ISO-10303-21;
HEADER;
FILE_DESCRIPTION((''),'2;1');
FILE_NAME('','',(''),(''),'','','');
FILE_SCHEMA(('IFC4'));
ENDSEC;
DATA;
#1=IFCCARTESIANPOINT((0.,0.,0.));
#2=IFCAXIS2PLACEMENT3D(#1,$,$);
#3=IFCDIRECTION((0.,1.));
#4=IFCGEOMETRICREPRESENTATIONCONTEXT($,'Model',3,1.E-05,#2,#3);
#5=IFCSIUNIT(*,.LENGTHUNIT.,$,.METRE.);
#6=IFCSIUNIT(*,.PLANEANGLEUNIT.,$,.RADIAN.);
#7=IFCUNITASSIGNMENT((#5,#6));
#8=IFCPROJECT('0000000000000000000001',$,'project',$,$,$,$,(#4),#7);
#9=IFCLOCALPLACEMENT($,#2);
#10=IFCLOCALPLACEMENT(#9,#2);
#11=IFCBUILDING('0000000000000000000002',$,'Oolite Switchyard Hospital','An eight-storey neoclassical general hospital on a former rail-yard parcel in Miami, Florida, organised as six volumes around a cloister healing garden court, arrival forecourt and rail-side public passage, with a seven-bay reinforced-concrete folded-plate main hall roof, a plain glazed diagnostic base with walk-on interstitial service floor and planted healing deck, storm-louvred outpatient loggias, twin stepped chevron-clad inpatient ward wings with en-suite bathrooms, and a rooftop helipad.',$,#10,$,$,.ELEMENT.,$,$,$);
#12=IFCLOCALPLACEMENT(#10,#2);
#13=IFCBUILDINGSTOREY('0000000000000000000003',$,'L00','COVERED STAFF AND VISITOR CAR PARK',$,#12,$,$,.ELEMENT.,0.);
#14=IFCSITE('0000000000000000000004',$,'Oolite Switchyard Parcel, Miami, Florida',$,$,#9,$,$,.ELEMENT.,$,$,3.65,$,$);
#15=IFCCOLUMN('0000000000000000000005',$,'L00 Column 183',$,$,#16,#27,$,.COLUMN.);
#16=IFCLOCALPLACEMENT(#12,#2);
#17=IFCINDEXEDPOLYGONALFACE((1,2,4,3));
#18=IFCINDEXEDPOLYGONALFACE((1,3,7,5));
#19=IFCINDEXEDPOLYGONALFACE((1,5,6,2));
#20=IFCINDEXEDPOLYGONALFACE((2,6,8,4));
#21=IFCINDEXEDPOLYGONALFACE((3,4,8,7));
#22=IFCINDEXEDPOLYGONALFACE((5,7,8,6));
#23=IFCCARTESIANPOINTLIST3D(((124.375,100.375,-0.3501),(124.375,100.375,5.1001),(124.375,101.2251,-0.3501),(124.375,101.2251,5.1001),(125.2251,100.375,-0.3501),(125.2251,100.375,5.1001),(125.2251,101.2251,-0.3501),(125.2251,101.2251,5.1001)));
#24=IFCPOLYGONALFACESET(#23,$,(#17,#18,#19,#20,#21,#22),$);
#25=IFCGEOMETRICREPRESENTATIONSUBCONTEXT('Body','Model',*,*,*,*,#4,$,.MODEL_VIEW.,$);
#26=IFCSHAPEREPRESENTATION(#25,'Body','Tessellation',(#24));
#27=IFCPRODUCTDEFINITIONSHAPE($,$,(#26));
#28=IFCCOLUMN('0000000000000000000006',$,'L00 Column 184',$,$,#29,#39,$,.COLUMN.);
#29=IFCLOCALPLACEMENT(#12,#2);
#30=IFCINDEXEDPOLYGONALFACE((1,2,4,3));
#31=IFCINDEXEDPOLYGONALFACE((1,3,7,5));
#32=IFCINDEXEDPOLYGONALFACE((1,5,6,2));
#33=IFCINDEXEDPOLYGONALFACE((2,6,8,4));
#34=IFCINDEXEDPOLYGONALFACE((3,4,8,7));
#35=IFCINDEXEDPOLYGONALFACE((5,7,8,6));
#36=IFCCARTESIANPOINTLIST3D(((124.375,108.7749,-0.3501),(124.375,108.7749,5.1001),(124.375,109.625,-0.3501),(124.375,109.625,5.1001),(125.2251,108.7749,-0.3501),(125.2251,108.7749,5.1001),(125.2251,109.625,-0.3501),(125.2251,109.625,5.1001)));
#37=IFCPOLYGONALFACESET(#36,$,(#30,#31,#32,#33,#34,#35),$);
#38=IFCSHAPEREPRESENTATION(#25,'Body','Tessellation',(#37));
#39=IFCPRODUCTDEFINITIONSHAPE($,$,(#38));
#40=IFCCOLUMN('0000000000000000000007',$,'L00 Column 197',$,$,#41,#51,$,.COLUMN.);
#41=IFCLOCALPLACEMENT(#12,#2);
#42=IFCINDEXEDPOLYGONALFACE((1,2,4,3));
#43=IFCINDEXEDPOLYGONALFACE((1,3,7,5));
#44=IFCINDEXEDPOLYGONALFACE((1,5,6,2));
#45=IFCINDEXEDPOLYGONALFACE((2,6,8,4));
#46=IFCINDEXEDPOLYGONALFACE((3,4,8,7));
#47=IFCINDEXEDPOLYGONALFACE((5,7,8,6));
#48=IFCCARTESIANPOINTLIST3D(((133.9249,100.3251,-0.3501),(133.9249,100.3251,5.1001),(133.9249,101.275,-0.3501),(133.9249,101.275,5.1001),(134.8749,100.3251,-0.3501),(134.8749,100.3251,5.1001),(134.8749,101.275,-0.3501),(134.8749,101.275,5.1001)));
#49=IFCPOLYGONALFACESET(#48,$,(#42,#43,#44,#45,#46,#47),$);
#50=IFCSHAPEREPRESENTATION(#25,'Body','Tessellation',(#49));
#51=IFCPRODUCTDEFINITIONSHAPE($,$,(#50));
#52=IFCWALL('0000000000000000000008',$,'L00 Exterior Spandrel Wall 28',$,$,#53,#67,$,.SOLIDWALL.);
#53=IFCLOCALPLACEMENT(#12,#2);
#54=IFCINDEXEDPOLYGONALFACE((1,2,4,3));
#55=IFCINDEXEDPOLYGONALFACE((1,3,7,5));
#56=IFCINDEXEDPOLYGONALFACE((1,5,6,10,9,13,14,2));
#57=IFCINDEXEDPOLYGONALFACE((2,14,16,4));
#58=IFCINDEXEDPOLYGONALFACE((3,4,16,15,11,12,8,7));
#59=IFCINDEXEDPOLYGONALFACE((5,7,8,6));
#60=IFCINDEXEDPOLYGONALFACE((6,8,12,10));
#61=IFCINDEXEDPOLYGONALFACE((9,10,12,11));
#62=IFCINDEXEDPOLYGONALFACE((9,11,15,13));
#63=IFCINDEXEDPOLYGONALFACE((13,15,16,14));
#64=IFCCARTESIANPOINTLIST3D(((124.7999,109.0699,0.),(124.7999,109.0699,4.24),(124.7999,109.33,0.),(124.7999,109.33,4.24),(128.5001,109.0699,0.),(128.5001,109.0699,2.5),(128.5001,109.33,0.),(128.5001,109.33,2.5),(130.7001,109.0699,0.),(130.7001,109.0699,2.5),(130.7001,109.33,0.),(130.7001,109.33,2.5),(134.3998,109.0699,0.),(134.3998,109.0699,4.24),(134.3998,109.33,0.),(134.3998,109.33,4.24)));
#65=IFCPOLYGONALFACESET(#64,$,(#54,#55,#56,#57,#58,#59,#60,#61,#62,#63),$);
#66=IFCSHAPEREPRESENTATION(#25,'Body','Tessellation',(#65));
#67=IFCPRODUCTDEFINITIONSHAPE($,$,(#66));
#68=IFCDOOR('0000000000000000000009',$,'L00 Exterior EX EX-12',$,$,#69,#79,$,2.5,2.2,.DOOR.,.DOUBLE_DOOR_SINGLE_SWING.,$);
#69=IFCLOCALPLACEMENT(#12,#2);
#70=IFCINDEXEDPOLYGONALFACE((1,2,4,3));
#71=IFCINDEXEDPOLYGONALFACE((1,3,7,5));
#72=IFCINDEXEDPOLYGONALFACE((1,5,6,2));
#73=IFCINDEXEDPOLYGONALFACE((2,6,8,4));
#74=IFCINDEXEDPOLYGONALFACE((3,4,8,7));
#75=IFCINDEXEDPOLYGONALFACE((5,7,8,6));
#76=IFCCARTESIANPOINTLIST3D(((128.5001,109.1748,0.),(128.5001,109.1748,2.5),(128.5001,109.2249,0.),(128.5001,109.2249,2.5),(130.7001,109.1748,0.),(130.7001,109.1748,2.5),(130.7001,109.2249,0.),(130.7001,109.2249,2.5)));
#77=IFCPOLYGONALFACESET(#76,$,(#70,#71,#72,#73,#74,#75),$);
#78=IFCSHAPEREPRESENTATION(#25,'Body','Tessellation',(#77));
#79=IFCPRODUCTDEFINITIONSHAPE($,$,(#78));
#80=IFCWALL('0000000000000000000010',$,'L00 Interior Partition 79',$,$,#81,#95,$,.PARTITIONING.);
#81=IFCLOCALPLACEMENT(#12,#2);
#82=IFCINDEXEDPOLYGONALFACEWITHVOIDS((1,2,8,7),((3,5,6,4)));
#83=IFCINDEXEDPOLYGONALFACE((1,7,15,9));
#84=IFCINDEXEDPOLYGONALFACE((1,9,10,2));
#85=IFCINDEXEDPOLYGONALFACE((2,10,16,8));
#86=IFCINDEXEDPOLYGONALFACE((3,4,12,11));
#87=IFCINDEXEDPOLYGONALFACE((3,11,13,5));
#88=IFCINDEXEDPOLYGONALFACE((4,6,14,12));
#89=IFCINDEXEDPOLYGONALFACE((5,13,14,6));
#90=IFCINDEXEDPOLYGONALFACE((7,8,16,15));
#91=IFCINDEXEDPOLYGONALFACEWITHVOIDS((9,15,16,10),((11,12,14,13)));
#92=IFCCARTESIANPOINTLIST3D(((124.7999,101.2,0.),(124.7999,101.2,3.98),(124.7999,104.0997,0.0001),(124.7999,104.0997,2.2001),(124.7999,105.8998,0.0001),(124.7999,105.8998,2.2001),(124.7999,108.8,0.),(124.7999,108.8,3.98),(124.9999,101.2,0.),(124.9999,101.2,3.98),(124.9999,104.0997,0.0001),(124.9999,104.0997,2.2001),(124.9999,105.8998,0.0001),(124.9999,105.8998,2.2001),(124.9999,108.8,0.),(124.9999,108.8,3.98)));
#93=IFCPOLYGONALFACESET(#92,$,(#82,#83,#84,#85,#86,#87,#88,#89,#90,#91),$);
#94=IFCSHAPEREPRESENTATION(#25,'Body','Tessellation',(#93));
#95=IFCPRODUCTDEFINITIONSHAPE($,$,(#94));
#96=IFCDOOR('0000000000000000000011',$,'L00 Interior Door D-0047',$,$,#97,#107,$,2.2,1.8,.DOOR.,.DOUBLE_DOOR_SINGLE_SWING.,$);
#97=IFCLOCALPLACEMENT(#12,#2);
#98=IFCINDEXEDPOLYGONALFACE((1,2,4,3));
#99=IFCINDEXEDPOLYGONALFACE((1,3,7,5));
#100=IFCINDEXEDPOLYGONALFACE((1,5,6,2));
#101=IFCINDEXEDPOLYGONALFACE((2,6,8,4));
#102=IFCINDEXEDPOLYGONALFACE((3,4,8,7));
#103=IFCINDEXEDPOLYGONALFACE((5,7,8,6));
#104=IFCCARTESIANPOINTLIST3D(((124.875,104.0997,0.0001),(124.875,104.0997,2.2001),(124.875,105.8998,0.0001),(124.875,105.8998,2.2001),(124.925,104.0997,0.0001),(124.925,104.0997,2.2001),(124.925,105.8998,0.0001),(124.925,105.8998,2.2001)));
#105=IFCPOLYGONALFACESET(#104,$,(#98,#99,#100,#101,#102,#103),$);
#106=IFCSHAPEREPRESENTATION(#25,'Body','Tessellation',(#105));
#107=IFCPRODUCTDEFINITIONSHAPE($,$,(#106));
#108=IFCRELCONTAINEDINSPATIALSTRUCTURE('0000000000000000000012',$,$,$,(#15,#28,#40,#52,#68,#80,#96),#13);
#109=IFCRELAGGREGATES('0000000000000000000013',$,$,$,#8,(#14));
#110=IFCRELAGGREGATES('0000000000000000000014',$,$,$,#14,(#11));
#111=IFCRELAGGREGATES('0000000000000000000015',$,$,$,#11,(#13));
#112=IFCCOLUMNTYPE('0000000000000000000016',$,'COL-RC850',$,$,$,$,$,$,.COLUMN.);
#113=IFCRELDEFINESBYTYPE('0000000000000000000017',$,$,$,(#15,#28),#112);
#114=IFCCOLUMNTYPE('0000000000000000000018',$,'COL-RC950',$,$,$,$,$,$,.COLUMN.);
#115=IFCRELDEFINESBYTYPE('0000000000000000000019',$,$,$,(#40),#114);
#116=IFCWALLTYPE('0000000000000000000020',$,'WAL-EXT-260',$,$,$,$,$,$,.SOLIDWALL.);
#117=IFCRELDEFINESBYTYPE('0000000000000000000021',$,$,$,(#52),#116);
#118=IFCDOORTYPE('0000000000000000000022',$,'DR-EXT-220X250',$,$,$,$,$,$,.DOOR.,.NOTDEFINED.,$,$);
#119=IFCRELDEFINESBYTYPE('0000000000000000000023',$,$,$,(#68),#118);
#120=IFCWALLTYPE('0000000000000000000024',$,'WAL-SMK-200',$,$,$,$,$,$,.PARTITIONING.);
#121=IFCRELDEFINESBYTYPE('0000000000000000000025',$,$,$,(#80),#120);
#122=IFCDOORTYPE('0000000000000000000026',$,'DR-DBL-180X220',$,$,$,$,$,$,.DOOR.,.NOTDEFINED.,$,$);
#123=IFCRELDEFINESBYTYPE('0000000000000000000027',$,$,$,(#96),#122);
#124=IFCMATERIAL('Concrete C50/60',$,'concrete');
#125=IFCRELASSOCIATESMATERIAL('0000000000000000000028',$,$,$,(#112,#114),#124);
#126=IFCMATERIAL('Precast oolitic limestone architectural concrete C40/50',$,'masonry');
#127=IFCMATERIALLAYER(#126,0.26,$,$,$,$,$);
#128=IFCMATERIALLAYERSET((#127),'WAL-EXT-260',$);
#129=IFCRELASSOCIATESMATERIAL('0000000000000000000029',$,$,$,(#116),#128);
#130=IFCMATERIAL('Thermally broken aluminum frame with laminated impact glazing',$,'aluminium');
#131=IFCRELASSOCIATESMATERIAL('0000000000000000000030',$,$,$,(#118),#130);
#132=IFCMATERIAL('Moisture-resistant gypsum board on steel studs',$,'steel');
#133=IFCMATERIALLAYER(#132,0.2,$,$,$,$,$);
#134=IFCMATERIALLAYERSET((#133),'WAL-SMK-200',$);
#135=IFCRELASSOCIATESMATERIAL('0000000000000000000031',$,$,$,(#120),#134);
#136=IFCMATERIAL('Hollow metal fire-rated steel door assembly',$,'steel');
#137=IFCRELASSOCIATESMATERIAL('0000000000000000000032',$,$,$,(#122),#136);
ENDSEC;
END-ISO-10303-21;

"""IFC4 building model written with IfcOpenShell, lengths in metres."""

from ifc_helpers import new_model, si_unit, direction, frame, frame_2d, origin, origin_2d, place, context, subcontext, project, spatial, rectangle, extrude, material, layer, layer_set, material_profile, profile_set, type_object, element, fill, save


model = new_model("IFC4")

# Units and contexts
model_context = context("Model", 3, precision=1e-05, world=origin(), true_north=direction((0.0, 1.0)))
body_context = subcontext(model_context, "Body", "Model", "MODEL_VIEW")
ifc_project = project(units=[si_unit("LENGTHUNIT", "METRE"), si_unit("PLANEANGLEUNIT", "RADIAN")], contexts=[model_context])

# Site, building, storey
site_placement = place(None, origin())
site = spatial("IfcSite", under=ifc_project, at=site_placement, Name="Oolite Switchyard Parcel, Miami, Florida", CompositionType="ELEMENT", RefElevation=3.65)
building_placement = place(site_placement, origin())
building = spatial("IfcBuilding", under=site, at=building_placement, Name="Oolite Switchyard Hospital", Description="An eight-storey neoclassical general hospital on a former rail-yard parcel in Miami, Florida, organised as six volumes around a cloister healing garden court, arrival forecourt and rail-side public passage, with a seven-bay reinforced-concrete folded-plate main hall roof, a plain glazed diagnostic base with walk-on interstitial service floor and planted healing deck, storm-louvred outpatient loggias, twin stepped chevron-clad inpatient ward wings with en-suite bathrooms, and a rooftop helipad.", CompositionType="ELEMENT")
storey_placement = place(building_placement, origin())
storey = spatial("IfcBuildingStorey", under=building, at=storey_placement, Name="L00", Description="COVERED STAFF AND VISITOR CAR PARK", CompositionType="ELEMENT", Elevation=0.0)

# Columns
ifc_material_1 = material(Name="Concrete C50/60", Category="concrete")
ifc_material_profile_1 = material_profile(ifc_material_1, rectangle(XDim=0.8501, YDim=0.8501, at=origin_2d()), Name="RC850X850")
ifc_profile_set_1 = profile_set([ifc_material_profile_1], Name="Concrete C50/60")
column_type_1 = type_object("IfcColumnType", Name="COL-RC850", PredefinedType="COLUMN", material=ifc_profile_set_1)
for number, where, z_axis, x_axis, name in (
    (1, (124.8, 100.8, -0.3501), (0.0, 0.0, 1.0), (1.0, 0.0, 0.0), "L00 Column 183"),
    (2, (124.8, 109.2, -0.3501), (0.0, 0.0, 1.0), (1.0, 0.0, 0.0), "L00 Column 184"),
):
    element("IfcColumn", number, at=place(storey_placement, frame(where, z_axis=z_axis, x_axis=x_axis)), inside=storey, type_object=column_type_1, Name=name, PredefinedType="COLUMN", context=body_context, shape_type="SweptSolid", body=[
        extrude(rectangle(XDim=0.8501, YDim=0.8501, at=origin_2d()), origin(), (0.0, 0.0, 1.0), 5.4502),
    ])
ifc_material_profile_2 = material_profile(ifc_material_1, rectangle(XDim=0.95, YDim=0.95, at=origin_2d()), Name="RC950X950")
ifc_profile_set_2 = profile_set([ifc_material_profile_2], Name="Concrete C50/60")
column_type_2 = type_object("IfcColumnType", Name="COL-RC950", PredefinedType="COLUMN", material=ifc_profile_set_2)
column_placement = place(storey_placement, frame((134.3999, 100.8, -0.3501), z_axis=(0.0, 0.0, 1.0), x_axis=(1.0, 0.0, 0.0)))
element("IfcColumn", 3, at=column_placement, inside=storey, type_object=column_type_2, Name="L00 Column 197", PredefinedType="COLUMN", context=body_context, shape_type="SweptSolid", body=[
    extrude(rectangle(XDim=0.95, YDim=0.95, at=origin_2d()), origin(), (0.0, 0.0, 1.0), 5.4502),
])

# Walls, openings, doors
ifc_material_2 = material(Name="Precast oolitic limestone architectural concrete C40/50", Category="masonry")
ifc_layer_1 = layer(ifc_material_2, 0.26)
ifc_layer_set_1 = layer_set([ifc_layer_1], Name="WAL-EXT-260")
wall_type_1 = type_object("IfcWallType", Name="WAL-EXT-260", PredefinedType="SOLIDWALL", material=ifc_layer_set_1)
wall_1_placement = place(storey_placement, frame((124.8, 109.2, 0.0), z_axis=(0.0, 0.0, 1.0), x_axis=(1.0, 0.0, 0.0)))
wall_1 = element("IfcWall", 4, at=wall_1_placement, inside=storey, type_object=wall_type_1, Name="L00 Exterior Spandrel Wall 28", PredefinedType="SOLIDWALL", context=body_context, shape_type="SweptSolid", body=[
    extrude(rectangle(XDim=9.5999, YDim=0.26, at=frame_2d((4.7998, 0.0))), origin(), (0.0, 0.0, 1.0), 4.24),
])
opening_1_placement = place(wall_1_placement, frame((3.7, 0.0, 0.0)))
opening_1 = element("IfcOpeningElement", 5, at=opening_1_placement, cuts=wall_1, PredefinedType="OPENING", context=body_context, shape_type="SweptSolid", body=[
    extrude(rectangle(XDim=2.2, YDim=2.5, at=frame_2d((1.1001, 1.25))), frame((0.0, 0.1401, 0.0), z_axis=(0.0, -1.0, 0.0), x_axis=(1.0, 0.0, 0.0)), (0.0, 0.0, 1.0), 0.28),
])
ifc_material_3 = material(Name="Thermally broken aluminum frame with laminated impact glazing", Category="aluminium")
door_type_1 = type_object("IfcDoorType", Name="DR-EXT-220X250", OperationType="NOTDEFINED", PredefinedType="DOOR", material=ifc_material_3)
door_1_placement = place(opening_1_placement, origin())
door_1 = element("IfcDoor", 6, at=door_1_placement, inside=storey, type_object=door_type_1, Name="L00 Exterior EX EX-12", OperationType="DOUBLE_DOOR_SINGLE_SWING", OverallHeight=2.5, OverallWidth=2.2, PredefinedType="DOOR", context=body_context, shape_type="SweptSolid", body=[
    extrude(rectangle(XDim=2.2, YDim=2.5, at=frame_2d((1.1001, 1.25))), frame((0.0, 0.0249, 0.0), z_axis=(0.0, -1.0, 0.0), x_axis=(1.0, 0.0, 0.0)), (0.0, 0.0, 1.0), 0.05),
])
fill(opening_1, door_1)
ifc_material_4 = material(Name="Moisture-resistant gypsum board on steel studs", Category="steel")
ifc_layer_2 = layer(ifc_material_4, 0.2)
ifc_layer_set_2 = layer_set([ifc_layer_2], Name="WAL-SMK-200")
wall_type_2 = type_object("IfcWallType", Name="WAL-SMK-200", PredefinedType="PARTITIONING", material=ifc_layer_set_2)
wall_2_placement = place(storey_placement, frame((124.8999, 101.2, 0.0), z_axis=(0.0, 0.0, 1.0), x_axis=(0.0, 1.0, 0.0)))
wall_2 = element("IfcWall", 7, at=wall_2_placement, inside=storey, type_object=wall_type_2, Name="L00 Interior Partition 79", PredefinedType="PARTITIONING", context=body_context, shape_type="SweptSolid", body=[
    extrude(rectangle(XDim=7.6001, YDim=0.2, at=frame_2d((3.8, 0.0))), origin(), (0.0, 0.0, 1.0), 3.98),
])
opening_2_placement = place(wall_2_placement, frame((2.8999, 0.0, 0.0)))
opening_2 = element("IfcOpeningElement", 8, at=opening_2_placement, cuts=wall_2, PredefinedType="OPENING", context=body_context, shape_type="SweptSolid", body=[
    extrude(rectangle(XDim=1.8, YDim=2.2, at=frame_2d((0.8999, 1.1001))), frame((0.0, 0.1099, 0.0), z_axis=(0.0, -1.0, 0.0), x_axis=(1.0, 0.0, 0.0)), (0.0, 0.0, 1.0), 0.22),
])
ifc_material_5 = material(Name="Hollow metal fire-rated steel door assembly", Category="steel")
door_type_2 = type_object("IfcDoorType", Name="DR-DBL-180X220", OperationType="NOTDEFINED", PredefinedType="DOOR", material=ifc_material_5)
door_2_placement = place(opening_2_placement, origin())
door_2 = element("IfcDoor", 9, at=door_2_placement, inside=storey, type_object=door_type_2, Name="L00 Interior Door D-0047", OperationType="DOUBLE_DOOR_SINGLE_SWING", OverallHeight=2.2, OverallWidth=1.8, PredefinedType="DOOR", context=body_context, shape_type="SweptSolid", body=[
    extrude(rectangle(XDim=1.8, YDim=2.2, at=frame_2d((0.8999, 1.1001))), frame((0.0, 0.0249, 0.0), z_axis=(0.0, -1.0, 0.0), x_axis=(1.0, 0.0, 0.0)), (0.0, 0.0, 1.0), 0.05),
])
fill(opening_2, door_2)

save(model, "model.ifc")
